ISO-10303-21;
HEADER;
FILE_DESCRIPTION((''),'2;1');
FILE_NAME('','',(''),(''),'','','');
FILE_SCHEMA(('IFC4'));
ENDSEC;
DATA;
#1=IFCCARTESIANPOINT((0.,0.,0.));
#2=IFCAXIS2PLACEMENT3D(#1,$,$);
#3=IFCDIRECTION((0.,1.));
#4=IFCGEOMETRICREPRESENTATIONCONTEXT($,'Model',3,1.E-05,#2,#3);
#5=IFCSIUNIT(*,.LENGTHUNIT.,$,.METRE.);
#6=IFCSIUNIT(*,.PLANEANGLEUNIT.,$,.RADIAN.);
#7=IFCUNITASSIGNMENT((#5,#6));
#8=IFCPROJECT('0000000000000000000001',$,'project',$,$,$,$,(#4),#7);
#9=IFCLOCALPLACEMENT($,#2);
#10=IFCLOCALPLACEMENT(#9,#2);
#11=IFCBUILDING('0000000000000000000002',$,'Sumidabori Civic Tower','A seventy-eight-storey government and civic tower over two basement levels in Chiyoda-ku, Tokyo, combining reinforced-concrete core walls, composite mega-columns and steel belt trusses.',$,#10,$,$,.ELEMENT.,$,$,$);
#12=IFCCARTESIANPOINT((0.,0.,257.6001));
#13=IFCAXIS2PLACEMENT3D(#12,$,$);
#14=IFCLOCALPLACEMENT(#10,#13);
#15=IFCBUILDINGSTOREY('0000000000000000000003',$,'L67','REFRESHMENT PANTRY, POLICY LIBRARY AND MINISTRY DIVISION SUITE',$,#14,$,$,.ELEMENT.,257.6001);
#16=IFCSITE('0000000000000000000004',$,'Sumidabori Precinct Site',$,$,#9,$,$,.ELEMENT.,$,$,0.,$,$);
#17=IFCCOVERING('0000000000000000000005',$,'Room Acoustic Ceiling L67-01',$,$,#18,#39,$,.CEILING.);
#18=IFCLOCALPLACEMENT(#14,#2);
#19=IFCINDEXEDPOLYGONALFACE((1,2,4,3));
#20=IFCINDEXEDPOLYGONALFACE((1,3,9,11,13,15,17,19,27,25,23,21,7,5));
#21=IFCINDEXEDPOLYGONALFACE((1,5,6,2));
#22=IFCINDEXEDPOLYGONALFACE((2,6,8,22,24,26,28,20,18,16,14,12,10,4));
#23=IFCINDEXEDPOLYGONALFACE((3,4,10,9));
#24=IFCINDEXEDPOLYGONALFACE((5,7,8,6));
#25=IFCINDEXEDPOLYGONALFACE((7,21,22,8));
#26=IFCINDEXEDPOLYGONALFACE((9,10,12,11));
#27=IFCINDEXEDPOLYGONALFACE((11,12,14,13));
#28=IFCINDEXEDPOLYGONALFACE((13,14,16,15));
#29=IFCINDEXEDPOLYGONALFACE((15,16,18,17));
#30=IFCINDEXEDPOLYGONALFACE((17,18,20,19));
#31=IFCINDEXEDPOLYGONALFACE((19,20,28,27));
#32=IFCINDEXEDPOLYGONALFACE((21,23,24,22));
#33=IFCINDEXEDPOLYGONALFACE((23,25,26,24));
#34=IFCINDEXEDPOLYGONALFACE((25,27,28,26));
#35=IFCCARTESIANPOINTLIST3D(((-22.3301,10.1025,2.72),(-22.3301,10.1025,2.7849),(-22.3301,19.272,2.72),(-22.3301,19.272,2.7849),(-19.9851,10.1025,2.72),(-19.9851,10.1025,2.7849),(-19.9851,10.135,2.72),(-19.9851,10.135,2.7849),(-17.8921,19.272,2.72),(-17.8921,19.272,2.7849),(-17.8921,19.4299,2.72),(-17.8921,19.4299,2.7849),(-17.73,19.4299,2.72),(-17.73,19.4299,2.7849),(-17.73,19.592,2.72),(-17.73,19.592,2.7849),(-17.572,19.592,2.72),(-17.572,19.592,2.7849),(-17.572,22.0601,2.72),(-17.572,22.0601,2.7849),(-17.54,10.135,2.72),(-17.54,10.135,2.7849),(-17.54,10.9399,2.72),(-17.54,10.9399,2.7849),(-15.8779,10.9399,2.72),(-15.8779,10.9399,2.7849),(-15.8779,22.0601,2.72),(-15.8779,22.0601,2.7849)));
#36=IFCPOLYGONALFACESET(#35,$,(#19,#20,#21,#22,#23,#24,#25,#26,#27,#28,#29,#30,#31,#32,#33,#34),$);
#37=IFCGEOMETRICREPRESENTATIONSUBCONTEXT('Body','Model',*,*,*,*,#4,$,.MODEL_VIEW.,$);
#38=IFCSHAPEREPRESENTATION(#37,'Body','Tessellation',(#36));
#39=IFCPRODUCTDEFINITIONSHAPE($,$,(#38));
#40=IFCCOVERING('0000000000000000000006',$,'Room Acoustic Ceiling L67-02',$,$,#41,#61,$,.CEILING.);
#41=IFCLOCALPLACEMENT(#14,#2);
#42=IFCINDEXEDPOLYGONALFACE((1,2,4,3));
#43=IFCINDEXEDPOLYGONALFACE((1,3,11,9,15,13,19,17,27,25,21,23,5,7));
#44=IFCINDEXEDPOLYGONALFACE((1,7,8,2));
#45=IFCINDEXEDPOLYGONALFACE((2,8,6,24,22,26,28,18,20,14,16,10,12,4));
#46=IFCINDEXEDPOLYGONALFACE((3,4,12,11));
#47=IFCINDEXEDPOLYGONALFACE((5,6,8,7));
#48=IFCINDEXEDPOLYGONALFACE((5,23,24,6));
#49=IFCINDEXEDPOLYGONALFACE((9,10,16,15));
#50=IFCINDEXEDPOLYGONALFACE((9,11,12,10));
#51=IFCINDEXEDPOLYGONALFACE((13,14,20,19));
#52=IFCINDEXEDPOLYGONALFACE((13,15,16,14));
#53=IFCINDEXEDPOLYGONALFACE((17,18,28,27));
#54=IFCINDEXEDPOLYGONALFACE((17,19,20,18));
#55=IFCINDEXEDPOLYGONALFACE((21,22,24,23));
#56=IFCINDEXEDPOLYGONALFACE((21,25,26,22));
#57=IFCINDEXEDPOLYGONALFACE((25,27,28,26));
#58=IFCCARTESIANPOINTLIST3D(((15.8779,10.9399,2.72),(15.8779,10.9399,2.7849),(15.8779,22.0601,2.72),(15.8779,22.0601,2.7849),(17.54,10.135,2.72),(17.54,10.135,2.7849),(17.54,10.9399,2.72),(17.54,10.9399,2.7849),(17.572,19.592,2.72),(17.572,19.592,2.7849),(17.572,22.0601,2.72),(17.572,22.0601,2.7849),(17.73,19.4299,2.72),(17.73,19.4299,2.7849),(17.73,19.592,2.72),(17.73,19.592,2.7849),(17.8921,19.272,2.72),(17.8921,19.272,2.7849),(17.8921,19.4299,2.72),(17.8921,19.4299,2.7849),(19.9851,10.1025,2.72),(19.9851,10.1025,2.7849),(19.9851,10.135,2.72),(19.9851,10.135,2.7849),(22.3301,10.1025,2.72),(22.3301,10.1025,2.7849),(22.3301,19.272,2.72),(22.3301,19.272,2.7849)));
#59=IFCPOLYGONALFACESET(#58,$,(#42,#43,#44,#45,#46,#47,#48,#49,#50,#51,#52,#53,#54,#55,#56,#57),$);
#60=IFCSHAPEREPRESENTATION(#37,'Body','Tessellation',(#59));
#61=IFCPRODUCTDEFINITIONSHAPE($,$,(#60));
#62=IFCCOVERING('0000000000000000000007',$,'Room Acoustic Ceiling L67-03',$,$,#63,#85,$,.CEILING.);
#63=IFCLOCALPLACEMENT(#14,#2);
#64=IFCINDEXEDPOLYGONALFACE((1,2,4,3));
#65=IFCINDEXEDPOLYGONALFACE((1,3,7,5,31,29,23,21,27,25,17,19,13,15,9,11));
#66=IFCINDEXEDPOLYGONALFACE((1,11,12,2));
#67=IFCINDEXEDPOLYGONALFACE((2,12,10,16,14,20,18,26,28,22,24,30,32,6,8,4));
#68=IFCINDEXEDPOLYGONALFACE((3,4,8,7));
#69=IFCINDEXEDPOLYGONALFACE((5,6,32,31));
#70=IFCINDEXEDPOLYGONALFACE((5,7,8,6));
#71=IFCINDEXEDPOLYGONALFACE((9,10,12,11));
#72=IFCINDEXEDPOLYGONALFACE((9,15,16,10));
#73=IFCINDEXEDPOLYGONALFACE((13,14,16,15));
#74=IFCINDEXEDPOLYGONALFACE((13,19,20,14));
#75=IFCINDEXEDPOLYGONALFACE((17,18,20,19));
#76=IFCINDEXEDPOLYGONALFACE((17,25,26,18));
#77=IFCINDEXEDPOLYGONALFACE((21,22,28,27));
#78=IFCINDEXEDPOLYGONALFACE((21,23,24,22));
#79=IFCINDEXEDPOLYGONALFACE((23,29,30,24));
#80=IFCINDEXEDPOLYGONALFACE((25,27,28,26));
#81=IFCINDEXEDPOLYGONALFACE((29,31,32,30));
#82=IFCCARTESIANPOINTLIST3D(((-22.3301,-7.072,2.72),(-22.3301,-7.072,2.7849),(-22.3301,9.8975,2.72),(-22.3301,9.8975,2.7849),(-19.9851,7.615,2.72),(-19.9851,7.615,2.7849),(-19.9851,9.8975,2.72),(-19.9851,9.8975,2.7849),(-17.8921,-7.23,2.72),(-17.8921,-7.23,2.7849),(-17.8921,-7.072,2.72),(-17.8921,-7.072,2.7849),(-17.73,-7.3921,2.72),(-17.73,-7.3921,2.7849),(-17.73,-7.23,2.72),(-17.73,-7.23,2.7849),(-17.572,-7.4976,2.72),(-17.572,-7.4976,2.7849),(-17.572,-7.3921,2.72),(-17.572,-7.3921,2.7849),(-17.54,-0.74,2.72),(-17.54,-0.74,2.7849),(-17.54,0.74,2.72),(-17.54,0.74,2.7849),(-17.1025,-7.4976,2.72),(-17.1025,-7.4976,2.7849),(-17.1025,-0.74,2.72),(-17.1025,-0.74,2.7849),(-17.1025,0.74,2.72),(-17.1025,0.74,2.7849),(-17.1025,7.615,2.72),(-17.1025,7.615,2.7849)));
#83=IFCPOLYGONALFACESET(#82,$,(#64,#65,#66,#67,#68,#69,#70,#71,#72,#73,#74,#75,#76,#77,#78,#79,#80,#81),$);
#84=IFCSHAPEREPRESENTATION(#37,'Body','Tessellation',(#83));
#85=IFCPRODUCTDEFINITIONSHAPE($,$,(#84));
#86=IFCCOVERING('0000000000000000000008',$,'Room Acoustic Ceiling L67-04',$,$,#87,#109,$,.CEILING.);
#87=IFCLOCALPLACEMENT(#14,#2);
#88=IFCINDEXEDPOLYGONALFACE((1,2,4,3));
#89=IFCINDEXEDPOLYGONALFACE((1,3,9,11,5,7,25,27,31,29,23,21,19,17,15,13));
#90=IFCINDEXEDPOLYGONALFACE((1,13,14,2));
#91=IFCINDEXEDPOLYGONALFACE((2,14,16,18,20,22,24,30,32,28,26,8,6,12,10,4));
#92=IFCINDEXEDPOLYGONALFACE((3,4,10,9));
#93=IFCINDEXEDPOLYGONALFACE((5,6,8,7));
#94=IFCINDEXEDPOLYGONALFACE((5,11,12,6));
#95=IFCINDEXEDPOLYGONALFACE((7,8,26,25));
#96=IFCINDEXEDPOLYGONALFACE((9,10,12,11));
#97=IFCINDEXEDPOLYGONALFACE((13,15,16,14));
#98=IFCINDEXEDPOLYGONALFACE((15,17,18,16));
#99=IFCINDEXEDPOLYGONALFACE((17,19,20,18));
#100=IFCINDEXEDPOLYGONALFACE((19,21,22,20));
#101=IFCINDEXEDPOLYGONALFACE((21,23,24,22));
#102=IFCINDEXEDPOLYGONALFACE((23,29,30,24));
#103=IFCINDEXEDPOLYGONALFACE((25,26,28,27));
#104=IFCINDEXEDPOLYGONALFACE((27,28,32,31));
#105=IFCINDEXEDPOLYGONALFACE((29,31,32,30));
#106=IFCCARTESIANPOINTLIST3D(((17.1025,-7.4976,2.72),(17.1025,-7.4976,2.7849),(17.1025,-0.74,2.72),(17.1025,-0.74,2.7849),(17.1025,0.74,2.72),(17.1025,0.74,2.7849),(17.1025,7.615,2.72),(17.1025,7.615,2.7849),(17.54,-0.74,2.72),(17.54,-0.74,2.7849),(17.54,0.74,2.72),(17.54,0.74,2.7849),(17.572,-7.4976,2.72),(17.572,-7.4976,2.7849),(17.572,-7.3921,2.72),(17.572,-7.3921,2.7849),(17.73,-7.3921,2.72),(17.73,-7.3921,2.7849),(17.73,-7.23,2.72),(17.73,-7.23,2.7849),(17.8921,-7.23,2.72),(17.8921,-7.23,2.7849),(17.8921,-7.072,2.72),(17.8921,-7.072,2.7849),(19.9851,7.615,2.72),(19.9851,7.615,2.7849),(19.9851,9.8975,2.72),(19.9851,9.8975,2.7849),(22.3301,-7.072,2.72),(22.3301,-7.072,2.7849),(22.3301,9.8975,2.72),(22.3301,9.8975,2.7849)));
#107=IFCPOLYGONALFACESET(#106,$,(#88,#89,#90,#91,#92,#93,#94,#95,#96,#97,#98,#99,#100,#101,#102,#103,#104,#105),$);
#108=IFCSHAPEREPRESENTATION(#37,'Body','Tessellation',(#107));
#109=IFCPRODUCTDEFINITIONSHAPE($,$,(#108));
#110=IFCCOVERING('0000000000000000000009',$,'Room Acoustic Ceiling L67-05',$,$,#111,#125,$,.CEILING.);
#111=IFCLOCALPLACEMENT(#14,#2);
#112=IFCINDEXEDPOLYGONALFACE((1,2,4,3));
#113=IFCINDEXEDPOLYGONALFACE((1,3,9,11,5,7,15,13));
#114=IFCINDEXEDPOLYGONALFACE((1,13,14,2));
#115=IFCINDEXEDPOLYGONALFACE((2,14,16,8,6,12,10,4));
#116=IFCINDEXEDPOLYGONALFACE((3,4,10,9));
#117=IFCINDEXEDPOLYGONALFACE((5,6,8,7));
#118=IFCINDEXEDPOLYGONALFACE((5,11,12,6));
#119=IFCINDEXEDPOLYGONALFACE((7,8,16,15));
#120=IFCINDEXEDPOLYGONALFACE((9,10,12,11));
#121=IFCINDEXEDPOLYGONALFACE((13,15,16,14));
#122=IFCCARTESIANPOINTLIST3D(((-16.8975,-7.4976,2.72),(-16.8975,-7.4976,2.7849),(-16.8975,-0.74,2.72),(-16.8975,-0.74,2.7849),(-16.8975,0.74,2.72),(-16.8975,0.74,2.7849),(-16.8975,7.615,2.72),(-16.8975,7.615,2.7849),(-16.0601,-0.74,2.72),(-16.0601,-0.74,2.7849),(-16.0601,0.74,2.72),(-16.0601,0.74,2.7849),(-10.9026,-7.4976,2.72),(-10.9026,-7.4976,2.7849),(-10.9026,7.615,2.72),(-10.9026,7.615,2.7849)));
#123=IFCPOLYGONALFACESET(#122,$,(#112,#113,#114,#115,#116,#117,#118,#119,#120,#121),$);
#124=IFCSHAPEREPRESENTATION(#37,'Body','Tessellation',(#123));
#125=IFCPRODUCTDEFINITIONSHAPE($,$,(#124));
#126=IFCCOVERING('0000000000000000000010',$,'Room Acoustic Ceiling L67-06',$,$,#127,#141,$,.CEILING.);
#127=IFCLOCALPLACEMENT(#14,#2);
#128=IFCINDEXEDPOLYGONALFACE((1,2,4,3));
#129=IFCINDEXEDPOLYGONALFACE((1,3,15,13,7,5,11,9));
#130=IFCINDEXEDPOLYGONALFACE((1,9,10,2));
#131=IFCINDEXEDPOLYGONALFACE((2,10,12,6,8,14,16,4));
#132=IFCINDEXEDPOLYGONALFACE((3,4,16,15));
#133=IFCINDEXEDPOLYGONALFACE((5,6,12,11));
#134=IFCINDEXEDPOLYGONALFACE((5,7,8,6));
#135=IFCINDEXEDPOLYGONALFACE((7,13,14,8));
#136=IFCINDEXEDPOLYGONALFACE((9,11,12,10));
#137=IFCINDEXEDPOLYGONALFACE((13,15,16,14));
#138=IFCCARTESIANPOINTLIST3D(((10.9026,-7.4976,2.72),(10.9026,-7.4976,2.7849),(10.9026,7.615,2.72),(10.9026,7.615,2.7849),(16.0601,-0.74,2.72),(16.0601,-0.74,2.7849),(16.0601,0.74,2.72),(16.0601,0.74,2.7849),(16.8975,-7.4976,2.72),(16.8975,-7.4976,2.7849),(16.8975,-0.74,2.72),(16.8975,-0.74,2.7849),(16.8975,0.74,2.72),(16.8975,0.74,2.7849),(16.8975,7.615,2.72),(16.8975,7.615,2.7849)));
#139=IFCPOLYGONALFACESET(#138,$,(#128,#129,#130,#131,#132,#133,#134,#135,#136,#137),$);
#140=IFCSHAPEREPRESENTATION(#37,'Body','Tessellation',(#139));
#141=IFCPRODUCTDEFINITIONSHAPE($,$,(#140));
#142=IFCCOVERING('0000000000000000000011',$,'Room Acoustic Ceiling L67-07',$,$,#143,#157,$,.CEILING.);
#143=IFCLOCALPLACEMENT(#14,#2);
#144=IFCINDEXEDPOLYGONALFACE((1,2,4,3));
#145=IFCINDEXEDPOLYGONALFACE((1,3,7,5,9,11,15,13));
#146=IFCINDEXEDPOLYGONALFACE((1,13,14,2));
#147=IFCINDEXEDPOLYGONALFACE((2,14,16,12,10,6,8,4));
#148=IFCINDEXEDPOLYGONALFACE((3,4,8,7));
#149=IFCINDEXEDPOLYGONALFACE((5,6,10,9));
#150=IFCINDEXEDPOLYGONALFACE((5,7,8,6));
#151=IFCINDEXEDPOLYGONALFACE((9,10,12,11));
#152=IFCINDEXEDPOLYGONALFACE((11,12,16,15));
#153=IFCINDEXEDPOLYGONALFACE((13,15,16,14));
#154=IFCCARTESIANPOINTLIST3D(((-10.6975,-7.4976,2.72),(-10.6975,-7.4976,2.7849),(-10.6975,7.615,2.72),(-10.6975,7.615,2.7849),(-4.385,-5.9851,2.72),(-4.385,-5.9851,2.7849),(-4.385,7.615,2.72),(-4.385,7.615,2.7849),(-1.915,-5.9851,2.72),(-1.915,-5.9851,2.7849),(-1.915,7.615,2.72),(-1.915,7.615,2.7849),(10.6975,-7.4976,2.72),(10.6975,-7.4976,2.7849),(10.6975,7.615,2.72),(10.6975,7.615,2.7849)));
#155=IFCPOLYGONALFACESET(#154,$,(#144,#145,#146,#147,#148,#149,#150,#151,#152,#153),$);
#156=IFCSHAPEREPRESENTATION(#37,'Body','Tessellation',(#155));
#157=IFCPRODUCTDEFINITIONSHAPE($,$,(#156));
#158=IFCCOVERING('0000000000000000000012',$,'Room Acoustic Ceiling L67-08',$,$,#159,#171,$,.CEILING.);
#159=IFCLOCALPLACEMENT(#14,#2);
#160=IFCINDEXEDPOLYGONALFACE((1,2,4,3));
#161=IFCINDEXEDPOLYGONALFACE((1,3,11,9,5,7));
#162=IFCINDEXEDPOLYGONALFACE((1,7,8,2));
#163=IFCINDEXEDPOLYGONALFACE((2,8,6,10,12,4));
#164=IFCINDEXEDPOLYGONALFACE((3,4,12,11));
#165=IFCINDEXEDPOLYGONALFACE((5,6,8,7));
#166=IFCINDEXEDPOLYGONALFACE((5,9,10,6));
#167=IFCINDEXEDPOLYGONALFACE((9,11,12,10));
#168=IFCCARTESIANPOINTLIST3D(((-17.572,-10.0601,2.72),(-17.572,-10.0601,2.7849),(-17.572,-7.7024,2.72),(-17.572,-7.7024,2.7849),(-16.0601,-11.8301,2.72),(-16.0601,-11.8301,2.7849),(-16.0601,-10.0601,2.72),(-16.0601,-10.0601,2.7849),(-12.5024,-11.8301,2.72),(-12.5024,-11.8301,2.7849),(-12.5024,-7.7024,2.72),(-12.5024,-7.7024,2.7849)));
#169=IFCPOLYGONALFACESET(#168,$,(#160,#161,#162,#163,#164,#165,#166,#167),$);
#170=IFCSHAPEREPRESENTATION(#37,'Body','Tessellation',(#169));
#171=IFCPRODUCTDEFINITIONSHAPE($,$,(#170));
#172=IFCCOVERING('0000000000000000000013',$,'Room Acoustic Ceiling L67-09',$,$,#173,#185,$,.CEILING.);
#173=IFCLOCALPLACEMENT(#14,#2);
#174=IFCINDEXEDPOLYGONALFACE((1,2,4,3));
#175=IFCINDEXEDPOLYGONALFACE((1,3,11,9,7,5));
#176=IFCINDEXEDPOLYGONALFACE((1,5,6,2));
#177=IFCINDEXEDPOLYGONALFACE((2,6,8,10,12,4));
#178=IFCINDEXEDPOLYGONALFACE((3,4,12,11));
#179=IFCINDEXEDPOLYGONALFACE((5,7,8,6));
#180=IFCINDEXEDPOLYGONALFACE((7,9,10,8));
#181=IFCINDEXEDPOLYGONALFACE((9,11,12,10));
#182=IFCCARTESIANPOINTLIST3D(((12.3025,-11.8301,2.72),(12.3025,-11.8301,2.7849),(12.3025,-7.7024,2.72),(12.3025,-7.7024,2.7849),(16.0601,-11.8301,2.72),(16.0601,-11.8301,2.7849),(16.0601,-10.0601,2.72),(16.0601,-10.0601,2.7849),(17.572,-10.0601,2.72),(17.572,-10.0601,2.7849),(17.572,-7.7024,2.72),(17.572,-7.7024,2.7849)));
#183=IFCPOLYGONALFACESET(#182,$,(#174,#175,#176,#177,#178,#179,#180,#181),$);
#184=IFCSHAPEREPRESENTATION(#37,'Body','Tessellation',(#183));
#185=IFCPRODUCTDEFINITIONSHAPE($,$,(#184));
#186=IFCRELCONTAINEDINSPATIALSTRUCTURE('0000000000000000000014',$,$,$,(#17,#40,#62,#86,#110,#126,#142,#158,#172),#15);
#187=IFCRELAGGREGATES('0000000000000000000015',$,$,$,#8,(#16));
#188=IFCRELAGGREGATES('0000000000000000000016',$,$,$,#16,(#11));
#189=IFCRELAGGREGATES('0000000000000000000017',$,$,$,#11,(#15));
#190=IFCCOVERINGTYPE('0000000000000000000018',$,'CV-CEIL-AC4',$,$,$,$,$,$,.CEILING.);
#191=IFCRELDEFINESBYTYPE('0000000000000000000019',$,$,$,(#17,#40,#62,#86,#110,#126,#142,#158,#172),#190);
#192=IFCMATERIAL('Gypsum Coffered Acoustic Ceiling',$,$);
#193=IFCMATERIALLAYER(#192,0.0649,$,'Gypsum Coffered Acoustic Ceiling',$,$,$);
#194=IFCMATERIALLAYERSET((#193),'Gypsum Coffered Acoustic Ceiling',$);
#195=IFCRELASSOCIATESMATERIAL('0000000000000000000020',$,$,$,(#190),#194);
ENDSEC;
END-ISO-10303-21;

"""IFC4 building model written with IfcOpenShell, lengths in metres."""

from ifc_helpers import new_model, si_unit, direction, frame, origin, place, context, subcontext, project, spatial, polyline, outline, extrude, material, layer, layer_set, type_object, element, save


model = new_model("IFC4")

# Units and contexts
model_context = context("Model", 3, precision=1e-05, world=origin(), true_north=direction((0.0, 1.0)))
body_context = subcontext(model_context, "Body", "Model", "MODEL_VIEW")
ifc_project = project(units=[si_unit("LENGTHUNIT", "METRE"), si_unit("PLANEANGLEUNIT", "RADIAN")], contexts=[model_context])

# Site, building, storey
site_placement = place(None, origin())
site = spatial("IfcSite", under=ifc_project, at=site_placement, Name="Sumidabori Precinct Site", CompositionType="ELEMENT", RefElevation=0.0)
building_placement = place(site_placement, origin())
building = spatial("IfcBuilding", under=site, at=building_placement, Name="Sumidabori Civic Tower", Description="A seventy-eight-storey government and civic tower over two basement levels in Chiyoda-ku, Tokyo, combining reinforced-concrete core walls, composite mega-columns and steel belt trusses.", CompositionType="ELEMENT")
storey_placement = place(building_placement, frame((0.0, 0.0, 257.6001)))
storey = spatial("IfcBuildingStorey", under=building, at=storey_placement, Name="L67", Description="REFRESHMENT PANTRY, POLICY LIBRARY AND MINISTRY DIVISION SUITE", CompositionType="ELEMENT", Elevation=257.6001)

# Coverings
ifc_material_1 = material(Name="Gypsum Coffered Acoustic Ceiling")
ifc_layer_1 = layer(ifc_material_1, 0.0649, Name="Gypsum Coffered Acoustic Ceiling")
ifc_layer_set_1 = layer_set([ifc_layer_1], Name="Gypsum Coffered Acoustic Ceiling")
covering_type_1 = type_object("IfcCoveringType", Name="CV-CEIL-AC4", PredefinedType="CEILING", material=ifc_layer_set_1)
covering_1_placement = place(storey_placement, frame((0.0, 0.0, 2.72)))
element("IfcCovering", 1, at=covering_1_placement, inside=storey, type_object=covering_type_1, Name="Room Acoustic Ceiling L67-01", PredefinedType="CEILING", context=body_context, shape_type="SweptSolid", body=[
    extrude(outline(polyline([(-22.3301, 10.1025), (-22.3301, 19.272), (-17.8921, 19.272), (-17.8921, 19.4299), (-17.73, 19.4299), (-17.73, 19.592), (-17.572, 19.592), (-17.572, 22.0601), (-15.8779, 22.0601), (-15.8779, 10.9399), (-17.54, 10.9399), (-17.54, 10.135), (-19.9851, 10.135), (-19.9851, 10.1025), (-22.3301, 10.1025)])), origin(), (0.0, 0.0, 1.0), 0.0649),
])
covering_2_placement = place(storey_placement, frame((0.0, 0.0, 2.72)))
element("IfcCovering", 2, at=covering_2_placement, inside=storey, type_object=covering_type_1, Name="Room Acoustic Ceiling L67-02", PredefinedType="CEILING", context=body_context, shape_type="SweptSolid", body=[
    extrude(outline(polyline([(17.572, 22.0601), (17.572, 19.592), (17.73, 19.592), (17.73, 19.4299), (17.8921, 19.4299), (17.8921, 19.272), (22.3301, 19.272), (22.3301, 10.1025), (19.9851, 10.1025), (19.9851, 10.135), (17.54, 10.135), (17.54, 10.9399), (15.8779, 10.9399), (15.8779, 22.0601), (17.572, 22.0601)])), origin(), (0.0, 0.0, 1.0), 0.0649),
])
covering_3_placement = place(storey_placement, frame((0.0, 0.0, 2.72)))
element("IfcCovering", 3, at=covering_3_placement, inside=storey, type_object=covering_type_1, Name="Room Acoustic Ceiling L67-03", PredefinedType="CEILING", context=body_context, shape_type="SweptSolid", body=[
    extrude(outline(polyline([(-19.9851, 7.615), (-17.1025, 7.615), (-17.1025, 0.74), (-17.54, 0.74), (-17.54, -0.74), (-17.1025, -0.74), (-17.1025, -7.4976), (-17.572, -7.4976), (-17.572, -7.3921), (-17.73, -7.3921), (-17.73, -7.23), (-17.8921, -7.23), (-17.8921, -7.072), (-22.3301, -7.072), (-22.3301, 9.8975), (-19.9851, 9.8975), (-19.9851, 7.615)])), origin(), (0.0, 0.0, 1.0), 0.0649),
])
covering_4_placement = place(storey_placement, frame((0.0, 0.0, 2.72)))
element("IfcCovering", 4, at=covering_4_placement, inside=storey, type_object=covering_type_1, Name="Room Acoustic Ceiling L67-04", PredefinedType="CEILING", context=body_context, shape_type="SweptSolid", body=[
    extrude(outline(polyline([(17.1025, -0.74), (17.54, -0.74), (17.54, 0.74), (17.1025, 0.74), (17.1025, 7.615), (19.9851, 7.615), (19.9851, 9.8975), (22.3301, 9.8975), (22.3301, -7.072), (17.8921, -7.072), (17.8921, -7.23), (17.73, -7.23), (17.73, -7.3921), (17.572, -7.3921), (17.572, -7.4976), (17.1025, -7.4976), (17.1025, -0.74)])), origin(), (0.0, 0.0, 1.0), 0.0649),
])
covering_5_placement = place(storey_placement, frame((0.0, 0.0, 2.72)))
element("IfcCovering", 5, at=covering_5_placement, inside=storey, type_object=covering_type_1, Name="Room Acoustic Ceiling L67-05", PredefinedType="CEILING", context=body_context, shape_type="SweptSolid", body=[
    extrude(outline(polyline([(-16.8975, -0.74), (-16.0601, -0.74), (-16.0601, 0.74), (-16.8975, 0.74), (-16.8975, 7.615), (-10.9026, 7.615), (-10.9026, -7.4976), (-16.8975, -7.4976), (-16.8975, -0.74)])), origin(), (0.0, 0.0, 1.0), 0.0649),
])
covering_6_placement = place(storey_placement, frame((0.0, 0.0, 2.72)))
element("IfcCovering", 6, at=covering_6_placement, inside=storey, type_object=covering_type_1, Name="Room Acoustic Ceiling L67-06", PredefinedType="CEILING", context=body_context, shape_type="SweptSolid", body=[
    extrude(outline(polyline([(10.9026, 7.615), (16.8975, 7.615), (16.8975, 0.74), (16.0601, 0.74), (16.0601, -0.74), (16.8975, -0.74), (16.8975, -7.4976), (10.9026, -7.4976), (10.9026, 7.615)])), origin(), (0.0, 0.0, 1.0), 0.0649),
])
covering_7_placement = place(storey_placement, frame((0.0, 0.0, 2.72)))
element("IfcCovering", 7, at=covering_7_placement, inside=storey, type_object=covering_type_1, Name="Room Acoustic Ceiling L67-07", PredefinedType="CEILING", context=body_context, shape_type="SweptSolid", body=[
    extrude(outline(polyline([(-10.6975, 7.615), (-4.385, 7.615), (-4.385, -5.9851), (-1.915, -5.9851), (-1.915, 7.615), (10.6975, 7.615), (10.6975, -7.4976), (-10.6975, -7.4976), (-10.6975, 7.615)])), origin(), (0.0, 0.0, 1.0), 0.0649),
])
covering_8_placement = place(storey_placement, frame((0.0, 0.0, 2.72)))
element("IfcCovering", 8, at=covering_8_placement, inside=storey, type_object=covering_type_1, Name="Room Acoustic Ceiling L67-08", PredefinedType="CEILING", context=body_context, shape_type="SweptSolid", body=[
    extrude(outline(polyline([(-12.5024, -11.8301), (-16.0601, -11.8301), (-16.0601, -10.0601), (-17.572, -10.0601), (-17.572, -7.7024), (-12.5024, -7.7024), (-12.5024, -11.8301)])), origin(), (0.0, 0.0, 1.0), 0.0649),
])
covering_9_placement = place(storey_placement, frame((0.0, 0.0, 2.72)))
element("IfcCovering", 9, at=covering_9_placement, inside=storey, type_object=covering_type_1, Name="Room Acoustic Ceiling L67-09", PredefinedType="CEILING", context=body_context, shape_type="SweptSolid", body=[
    extrude(outline(polyline([(17.572, -10.0601), (16.0601, -10.0601), (16.0601, -11.8301), (12.3025, -11.8301), (12.3025, -7.7024), (17.572, -7.7024), (17.572, -10.0601)])), origin(), (0.0, 0.0, 1.0), 0.0649),
])

save(model, "model.ifc")
